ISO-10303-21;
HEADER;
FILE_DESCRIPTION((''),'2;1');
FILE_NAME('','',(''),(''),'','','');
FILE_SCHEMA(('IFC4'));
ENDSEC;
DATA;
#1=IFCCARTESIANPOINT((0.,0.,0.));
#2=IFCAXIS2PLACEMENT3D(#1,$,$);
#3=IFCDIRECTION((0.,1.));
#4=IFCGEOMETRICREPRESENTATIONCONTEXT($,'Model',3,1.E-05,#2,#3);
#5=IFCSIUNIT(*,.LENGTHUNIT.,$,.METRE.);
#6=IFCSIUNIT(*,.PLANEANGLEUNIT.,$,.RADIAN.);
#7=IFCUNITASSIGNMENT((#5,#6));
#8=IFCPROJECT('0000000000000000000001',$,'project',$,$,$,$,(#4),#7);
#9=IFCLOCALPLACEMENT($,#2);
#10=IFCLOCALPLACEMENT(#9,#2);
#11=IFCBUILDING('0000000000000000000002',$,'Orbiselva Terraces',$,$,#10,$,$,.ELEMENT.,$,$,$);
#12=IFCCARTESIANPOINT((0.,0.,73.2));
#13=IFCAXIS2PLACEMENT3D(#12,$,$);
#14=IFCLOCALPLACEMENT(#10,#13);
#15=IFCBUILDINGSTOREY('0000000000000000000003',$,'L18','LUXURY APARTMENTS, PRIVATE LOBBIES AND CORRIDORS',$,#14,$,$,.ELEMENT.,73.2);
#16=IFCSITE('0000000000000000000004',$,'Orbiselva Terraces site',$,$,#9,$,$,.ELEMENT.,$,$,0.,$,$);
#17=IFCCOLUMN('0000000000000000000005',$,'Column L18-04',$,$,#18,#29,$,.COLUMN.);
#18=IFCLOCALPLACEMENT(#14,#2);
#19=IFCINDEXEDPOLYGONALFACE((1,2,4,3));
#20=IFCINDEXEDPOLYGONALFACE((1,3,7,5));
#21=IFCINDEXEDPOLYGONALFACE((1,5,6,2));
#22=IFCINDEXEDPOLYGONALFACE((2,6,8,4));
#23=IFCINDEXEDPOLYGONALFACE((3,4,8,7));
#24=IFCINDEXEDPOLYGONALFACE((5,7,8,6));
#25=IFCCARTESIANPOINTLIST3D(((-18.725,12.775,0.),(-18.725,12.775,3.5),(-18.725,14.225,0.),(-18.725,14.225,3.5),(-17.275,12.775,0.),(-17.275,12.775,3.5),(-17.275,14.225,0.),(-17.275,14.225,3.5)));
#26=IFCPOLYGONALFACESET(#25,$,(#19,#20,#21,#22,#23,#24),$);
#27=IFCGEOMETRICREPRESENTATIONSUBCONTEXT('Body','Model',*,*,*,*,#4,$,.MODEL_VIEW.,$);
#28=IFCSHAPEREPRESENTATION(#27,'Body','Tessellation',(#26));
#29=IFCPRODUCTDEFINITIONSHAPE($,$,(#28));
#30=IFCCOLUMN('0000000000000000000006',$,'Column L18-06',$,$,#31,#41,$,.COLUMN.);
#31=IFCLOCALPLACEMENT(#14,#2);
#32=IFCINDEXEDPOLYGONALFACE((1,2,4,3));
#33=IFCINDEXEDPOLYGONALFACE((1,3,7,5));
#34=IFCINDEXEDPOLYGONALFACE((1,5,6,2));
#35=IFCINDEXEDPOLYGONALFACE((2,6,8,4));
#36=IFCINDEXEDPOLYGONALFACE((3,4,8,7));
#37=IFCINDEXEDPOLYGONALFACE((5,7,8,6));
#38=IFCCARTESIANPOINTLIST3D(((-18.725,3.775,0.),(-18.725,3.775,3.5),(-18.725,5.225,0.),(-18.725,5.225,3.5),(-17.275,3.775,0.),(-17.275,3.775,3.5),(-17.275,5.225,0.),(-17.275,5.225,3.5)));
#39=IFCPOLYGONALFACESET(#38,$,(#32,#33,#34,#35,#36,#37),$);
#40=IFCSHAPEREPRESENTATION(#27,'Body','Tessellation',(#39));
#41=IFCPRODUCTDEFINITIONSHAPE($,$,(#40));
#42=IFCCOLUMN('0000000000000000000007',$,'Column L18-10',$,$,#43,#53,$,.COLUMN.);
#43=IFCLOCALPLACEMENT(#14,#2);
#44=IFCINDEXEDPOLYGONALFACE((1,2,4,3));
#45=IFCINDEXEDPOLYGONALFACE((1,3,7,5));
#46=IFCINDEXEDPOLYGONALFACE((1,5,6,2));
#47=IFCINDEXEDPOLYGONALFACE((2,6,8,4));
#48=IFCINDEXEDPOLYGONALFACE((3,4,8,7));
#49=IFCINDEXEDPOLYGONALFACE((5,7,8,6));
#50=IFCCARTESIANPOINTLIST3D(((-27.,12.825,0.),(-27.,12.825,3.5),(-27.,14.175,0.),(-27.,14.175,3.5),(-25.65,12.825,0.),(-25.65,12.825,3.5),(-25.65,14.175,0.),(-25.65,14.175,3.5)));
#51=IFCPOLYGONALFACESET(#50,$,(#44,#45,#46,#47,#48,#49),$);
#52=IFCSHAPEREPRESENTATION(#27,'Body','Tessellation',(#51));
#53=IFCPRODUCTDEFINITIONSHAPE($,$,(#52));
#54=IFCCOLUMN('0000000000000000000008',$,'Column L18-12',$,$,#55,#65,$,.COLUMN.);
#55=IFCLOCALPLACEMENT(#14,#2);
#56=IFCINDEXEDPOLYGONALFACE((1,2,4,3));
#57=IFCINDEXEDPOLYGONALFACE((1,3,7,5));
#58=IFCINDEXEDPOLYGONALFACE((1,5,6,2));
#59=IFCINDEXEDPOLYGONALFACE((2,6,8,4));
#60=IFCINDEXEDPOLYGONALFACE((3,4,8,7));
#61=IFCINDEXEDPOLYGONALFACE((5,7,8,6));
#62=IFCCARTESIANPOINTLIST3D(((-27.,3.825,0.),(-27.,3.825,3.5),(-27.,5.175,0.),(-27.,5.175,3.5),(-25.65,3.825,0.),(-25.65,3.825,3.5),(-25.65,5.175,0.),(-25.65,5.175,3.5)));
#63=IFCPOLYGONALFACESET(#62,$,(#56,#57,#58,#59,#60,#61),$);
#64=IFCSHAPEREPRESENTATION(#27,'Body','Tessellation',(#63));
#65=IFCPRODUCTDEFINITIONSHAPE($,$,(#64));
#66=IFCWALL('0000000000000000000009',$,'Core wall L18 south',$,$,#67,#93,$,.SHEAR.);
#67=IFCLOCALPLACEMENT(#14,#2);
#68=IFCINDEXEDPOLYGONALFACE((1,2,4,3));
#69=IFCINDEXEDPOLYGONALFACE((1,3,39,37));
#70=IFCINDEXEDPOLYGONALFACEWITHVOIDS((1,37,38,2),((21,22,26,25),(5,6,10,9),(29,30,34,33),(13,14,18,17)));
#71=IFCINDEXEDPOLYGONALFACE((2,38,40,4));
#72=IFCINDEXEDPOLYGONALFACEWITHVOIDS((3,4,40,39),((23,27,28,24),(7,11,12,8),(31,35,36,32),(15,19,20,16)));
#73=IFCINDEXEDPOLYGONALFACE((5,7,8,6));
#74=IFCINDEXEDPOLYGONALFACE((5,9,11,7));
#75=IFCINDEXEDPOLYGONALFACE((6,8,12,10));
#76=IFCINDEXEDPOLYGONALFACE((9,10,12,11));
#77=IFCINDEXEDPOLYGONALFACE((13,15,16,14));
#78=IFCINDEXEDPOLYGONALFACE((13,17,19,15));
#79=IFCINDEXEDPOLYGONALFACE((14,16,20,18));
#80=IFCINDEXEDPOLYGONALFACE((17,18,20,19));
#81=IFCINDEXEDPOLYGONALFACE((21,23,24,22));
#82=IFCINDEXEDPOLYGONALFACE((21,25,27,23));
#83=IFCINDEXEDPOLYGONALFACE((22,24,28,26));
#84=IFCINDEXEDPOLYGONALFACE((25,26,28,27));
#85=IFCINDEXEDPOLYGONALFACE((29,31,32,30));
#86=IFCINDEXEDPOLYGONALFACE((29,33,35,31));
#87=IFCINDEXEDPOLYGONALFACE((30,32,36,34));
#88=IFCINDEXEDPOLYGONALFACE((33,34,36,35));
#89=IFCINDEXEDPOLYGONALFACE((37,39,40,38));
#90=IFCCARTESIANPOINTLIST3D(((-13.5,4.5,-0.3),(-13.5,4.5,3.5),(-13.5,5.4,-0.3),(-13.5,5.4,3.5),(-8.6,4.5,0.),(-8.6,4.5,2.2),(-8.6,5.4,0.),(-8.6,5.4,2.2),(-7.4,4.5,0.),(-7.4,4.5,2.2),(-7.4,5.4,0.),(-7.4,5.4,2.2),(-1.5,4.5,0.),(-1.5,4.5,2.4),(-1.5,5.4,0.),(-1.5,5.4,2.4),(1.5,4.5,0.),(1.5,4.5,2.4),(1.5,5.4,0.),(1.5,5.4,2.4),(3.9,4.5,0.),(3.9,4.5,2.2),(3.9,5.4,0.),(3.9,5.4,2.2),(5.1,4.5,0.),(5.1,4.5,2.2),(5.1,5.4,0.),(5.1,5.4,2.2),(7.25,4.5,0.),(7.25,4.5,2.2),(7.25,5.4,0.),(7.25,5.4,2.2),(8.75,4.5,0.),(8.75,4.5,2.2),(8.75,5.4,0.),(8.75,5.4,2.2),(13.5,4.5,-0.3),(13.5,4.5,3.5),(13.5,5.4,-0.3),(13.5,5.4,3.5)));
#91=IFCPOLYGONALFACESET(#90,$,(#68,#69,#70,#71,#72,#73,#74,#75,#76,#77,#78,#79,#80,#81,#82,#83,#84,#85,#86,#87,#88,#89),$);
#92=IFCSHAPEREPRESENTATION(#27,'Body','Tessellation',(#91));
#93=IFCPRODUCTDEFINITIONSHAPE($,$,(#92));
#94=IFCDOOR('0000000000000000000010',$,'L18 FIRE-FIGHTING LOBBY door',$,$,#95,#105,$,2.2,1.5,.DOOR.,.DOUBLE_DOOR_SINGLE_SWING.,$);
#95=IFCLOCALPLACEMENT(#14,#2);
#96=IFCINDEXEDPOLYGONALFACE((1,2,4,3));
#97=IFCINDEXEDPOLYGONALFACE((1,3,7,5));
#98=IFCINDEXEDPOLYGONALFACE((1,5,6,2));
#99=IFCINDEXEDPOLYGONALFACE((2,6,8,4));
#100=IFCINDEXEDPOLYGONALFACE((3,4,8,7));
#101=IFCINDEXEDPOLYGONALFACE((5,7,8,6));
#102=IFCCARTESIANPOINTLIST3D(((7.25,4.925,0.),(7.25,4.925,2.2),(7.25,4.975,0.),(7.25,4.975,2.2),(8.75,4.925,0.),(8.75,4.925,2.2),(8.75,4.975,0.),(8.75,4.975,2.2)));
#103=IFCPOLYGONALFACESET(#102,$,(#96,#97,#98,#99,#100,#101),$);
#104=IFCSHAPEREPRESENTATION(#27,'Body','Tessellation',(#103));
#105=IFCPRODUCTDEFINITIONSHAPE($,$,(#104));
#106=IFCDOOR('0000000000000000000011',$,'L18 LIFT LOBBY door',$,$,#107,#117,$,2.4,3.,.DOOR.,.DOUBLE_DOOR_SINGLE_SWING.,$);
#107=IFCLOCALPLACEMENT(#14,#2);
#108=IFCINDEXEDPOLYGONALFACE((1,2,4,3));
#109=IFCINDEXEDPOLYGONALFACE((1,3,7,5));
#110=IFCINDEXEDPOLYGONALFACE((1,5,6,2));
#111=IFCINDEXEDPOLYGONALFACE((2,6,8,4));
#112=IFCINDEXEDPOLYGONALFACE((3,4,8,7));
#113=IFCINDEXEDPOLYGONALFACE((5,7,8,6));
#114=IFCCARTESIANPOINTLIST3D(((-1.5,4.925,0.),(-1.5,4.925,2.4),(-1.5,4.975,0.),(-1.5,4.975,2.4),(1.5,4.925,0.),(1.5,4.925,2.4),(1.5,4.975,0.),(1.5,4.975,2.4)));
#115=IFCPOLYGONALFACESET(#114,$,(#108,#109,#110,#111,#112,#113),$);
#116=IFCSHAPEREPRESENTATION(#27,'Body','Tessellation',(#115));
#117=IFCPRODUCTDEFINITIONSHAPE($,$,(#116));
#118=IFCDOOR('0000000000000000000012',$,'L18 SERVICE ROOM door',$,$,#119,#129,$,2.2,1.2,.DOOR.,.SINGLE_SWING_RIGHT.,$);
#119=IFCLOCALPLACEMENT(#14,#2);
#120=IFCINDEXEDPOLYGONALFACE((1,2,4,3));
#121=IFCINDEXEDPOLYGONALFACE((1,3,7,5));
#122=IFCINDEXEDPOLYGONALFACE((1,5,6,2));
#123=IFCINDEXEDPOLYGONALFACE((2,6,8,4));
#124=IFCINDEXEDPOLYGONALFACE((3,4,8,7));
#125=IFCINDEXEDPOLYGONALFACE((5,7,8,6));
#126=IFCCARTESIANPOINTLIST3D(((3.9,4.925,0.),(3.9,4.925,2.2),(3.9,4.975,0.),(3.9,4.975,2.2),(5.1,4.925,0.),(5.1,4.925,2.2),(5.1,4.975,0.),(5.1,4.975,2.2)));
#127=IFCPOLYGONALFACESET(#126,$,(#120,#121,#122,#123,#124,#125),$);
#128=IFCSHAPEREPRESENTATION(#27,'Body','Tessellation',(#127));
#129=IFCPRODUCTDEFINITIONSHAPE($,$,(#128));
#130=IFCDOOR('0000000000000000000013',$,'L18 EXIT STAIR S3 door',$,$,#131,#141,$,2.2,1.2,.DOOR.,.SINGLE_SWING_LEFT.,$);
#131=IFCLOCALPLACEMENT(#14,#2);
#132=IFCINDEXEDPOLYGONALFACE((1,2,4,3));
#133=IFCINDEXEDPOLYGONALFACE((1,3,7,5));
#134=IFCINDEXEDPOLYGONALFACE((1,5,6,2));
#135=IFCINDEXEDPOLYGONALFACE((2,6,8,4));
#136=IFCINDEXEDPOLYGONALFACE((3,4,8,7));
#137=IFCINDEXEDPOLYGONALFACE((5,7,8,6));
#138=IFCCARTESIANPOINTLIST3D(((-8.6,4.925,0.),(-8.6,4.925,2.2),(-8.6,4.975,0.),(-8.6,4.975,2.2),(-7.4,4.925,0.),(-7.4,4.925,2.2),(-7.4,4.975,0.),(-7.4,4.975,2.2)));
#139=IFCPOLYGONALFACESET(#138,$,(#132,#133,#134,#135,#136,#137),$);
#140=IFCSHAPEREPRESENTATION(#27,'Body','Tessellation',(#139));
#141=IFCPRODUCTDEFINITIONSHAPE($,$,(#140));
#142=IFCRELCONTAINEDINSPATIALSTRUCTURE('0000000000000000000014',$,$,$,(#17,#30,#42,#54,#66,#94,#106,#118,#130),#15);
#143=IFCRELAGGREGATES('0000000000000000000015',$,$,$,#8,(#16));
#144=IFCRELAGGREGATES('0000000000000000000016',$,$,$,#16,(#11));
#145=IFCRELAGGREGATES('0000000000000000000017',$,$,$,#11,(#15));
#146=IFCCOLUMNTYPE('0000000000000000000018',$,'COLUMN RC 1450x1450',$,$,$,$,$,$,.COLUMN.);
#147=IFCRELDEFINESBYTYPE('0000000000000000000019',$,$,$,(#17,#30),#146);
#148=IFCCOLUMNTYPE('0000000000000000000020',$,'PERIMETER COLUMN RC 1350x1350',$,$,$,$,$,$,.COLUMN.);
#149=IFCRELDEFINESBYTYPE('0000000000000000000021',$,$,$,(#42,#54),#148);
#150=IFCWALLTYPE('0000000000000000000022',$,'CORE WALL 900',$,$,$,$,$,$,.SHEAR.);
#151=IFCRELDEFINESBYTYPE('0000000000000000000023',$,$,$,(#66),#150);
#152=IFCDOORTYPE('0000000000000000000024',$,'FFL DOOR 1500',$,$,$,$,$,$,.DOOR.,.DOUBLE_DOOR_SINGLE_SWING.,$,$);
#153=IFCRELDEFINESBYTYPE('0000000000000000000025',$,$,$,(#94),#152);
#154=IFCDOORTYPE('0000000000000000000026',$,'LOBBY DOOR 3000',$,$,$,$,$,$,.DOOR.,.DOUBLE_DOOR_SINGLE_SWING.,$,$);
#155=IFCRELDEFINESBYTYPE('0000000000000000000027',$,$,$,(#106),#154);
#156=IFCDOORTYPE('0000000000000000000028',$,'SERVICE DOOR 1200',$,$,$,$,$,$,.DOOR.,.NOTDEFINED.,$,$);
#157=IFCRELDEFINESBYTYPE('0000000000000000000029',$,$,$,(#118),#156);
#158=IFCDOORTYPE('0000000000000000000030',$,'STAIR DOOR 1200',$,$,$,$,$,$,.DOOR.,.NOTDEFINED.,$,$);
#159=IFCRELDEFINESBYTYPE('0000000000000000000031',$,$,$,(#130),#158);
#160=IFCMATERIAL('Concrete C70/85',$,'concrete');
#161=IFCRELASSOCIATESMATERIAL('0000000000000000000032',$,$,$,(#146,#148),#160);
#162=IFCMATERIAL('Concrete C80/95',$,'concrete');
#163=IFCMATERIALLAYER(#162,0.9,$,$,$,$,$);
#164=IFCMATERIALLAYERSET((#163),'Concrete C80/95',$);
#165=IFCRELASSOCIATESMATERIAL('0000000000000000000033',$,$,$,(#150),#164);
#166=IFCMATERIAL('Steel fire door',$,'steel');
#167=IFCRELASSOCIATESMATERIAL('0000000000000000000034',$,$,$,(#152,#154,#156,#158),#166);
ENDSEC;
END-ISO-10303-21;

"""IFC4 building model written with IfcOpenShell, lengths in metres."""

from ifc_helpers import new_model, si_unit, direction, frame, frame_2d, origin, origin_2d, place, context, subcontext, project, spatial, rectangle, extrude, material, layer, layer_set, material_profile, profile_set, type_object, element, fill, save


model = new_model("IFC4")

# Units and contexts
model_context = context("Model", 3, precision=1e-05, world=origin(), true_north=direction((0.0, 1.0)))
body_context = subcontext(model_context, "Body", "Model", "MODEL_VIEW")
ifc_project = project(units=[si_unit("LENGTHUNIT", "METRE"), si_unit("PLANEANGLEUNIT", "RADIAN")], contexts=[model_context])

# Site, building, storey
site_placement = place(None, origin())
site = spatial("IfcSite", under=ifc_project, at=site_placement, Name="Orbiselva Terraces site", CompositionType="ELEMENT", RefElevation=0.0)
building_placement = place(site_placement, origin())
building = spatial("IfcBuilding", under=site, at=building_placement, Name="Orbiselva Terraces", CompositionType="ELEMENT")
storey_placement = place(building_placement, frame((0.0, 0.0, 73.2)))
storey = spatial("IfcBuildingStorey", under=building, at=storey_placement, Name="L18", Description="LUXURY APARTMENTS, PRIVATE LOBBIES AND CORRIDORS", CompositionType="ELEMENT", Elevation=73.2)

# Columns
ifc_material_1 = material(Name="Concrete C70/85", Category="concrete")
ifc_material_profile_1 = material_profile(ifc_material_1, rectangle(XDim=1.45, YDim=1.45, at=origin_2d()), Name="RC 1450x1450")
ifc_profile_set_1 = profile_set([ifc_material_profile_1], Name="Concrete C70/85")
column_type_1 = type_object("IfcColumnType", Name="COLUMN RC 1450x1450", PredefinedType="COLUMN", material=ifc_profile_set_1)
for number, where, z_axis, x_axis, name in (
    (1, (-18.0, 13.5, 0.0), (0.0, 0.0, 1.0), (1.0, 0.0, 0.0), "Column L18-04"),
    (2, (-18.0, 4.5, 0.0), (0.0, 0.0, 1.0), (1.0, 0.0, 0.0), "Column L18-06"),
):
    element("IfcColumn", number, at=place(storey_placement, frame(where, z_axis=z_axis, x_axis=x_axis)), inside=storey, type_object=column_type_1, Name=name, PredefinedType="COLUMN", context=body_context, shape_type="SweptSolid", body=[
        extrude(rectangle(XDim=1.45, YDim=1.45, at=origin_2d()), origin(), (0.0, 0.0, 1.0), 3.5),
    ])
ifc_material_profile_2 = material_profile(ifc_material_1, rectangle(XDim=1.35, YDim=1.35, at=origin_2d()), Name="RC 1350x1350")
ifc_profile_set_2 = profile_set([ifc_material_profile_2], Name="Concrete C70/85")
column_type_2 = type_object("IfcColumnType", Name="PERIMETER COLUMN RC 1350x1350", PredefinedType="COLUMN", material=ifc_profile_set_2)
for number, where, z_axis, x_axis, name in (
    (3, (-26.325, 13.5, 0.0), (0.0, 0.0, 1.0), (1.0, 0.0, 0.0), "Column L18-10"),
    (4, (-26.325, 4.5, 0.0), (0.0, 0.0, 1.0), (1.0, 0.0, 0.0), "Column L18-12"),
):
    element("IfcColumn", number, at=place(storey_placement, frame(where, z_axis=z_axis, x_axis=x_axis)), inside=storey, type_object=column_type_2, Name=name, PredefinedType="COLUMN", context=body_context, shape_type="SweptSolid", body=[
        extrude(rectangle(XDim=1.35, YDim=1.35, at=origin_2d()), origin(), (0.0, 0.0, 1.0), 3.5),
    ])

# Wall, openings, doors
ifc_material_2 = material(Name="Concrete C80/95", Category="concrete")
ifc_layer_1 = layer(ifc_material_2, 0.9)
ifc_layer_set_1 = layer_set([ifc_layer_1], Name="Concrete C80/95")
wall_type_1 = type_object("IfcWallType", Name="CORE WALL 900", PredefinedType="SHEAR", material=ifc_layer_set_1)
wall_1_placement = place(storey_placement, frame((-13.5, 4.95, -0.3), z_axis=(0.0, 0.0, 1.0), x_axis=(1.0, 0.0, 0.0)))
wall_1 = element("IfcWall", 5, at=wall_1_placement, inside=storey, type_object=wall_type_1, Name="Core wall L18 south", PredefinedType="SHEAR", context=body_context, shape_type="SweptSolid", body=[
    extrude(rectangle(XDim=27.0, YDim=0.9, at=frame_2d((13.5, 0.0))), origin(), (0.0, 0.0, 1.0), 3.8),
])
opening_1_placement = place(wall_1_placement, frame((12.0, 0.0, 0.3)))
opening_1 = element("IfcOpeningElement", 6, at=opening_1_placement, cuts=wall_1, PredefinedType="OPENING", context=body_context, shape_type="SweptSolid", body=[
    extrude(rectangle(XDim=3.0, YDim=2.4, at=frame_2d((1.5, 1.2))), frame((0.0, 0.46, 0.0), z_axis=(0.0, -1.0, 0.0), x_axis=(1.0, 0.0, 0.0)), (0.0, 0.0, 1.0), 0.92),
])
opening_2_placement = place(wall_1_placement, frame((4.9, 0.0, 0.3)))
opening_2 = element("IfcOpeningElement", 7, at=opening_2_placement, cuts=wall_1, PredefinedType="OPENING", context=body_context, shape_type="SweptSolid", body=[
    extrude(rectangle(XDim=1.2, YDim=2.2, at=frame_2d((0.6, 1.1))), frame((0.0, 0.46, 0.0), z_axis=(0.0, -1.0, 0.0), x_axis=(1.0, 0.0, 0.0)), (0.0, 0.0, 1.0), 0.92),
])
opening_3_placement = place(wall_1_placement, frame((20.75, 0.0, 0.3)))
opening_3 = element("IfcOpeningElement", 8, at=opening_3_placement, cuts=wall_1, PredefinedType="OPENING", context=body_context, shape_type="SweptSolid", body=[
    extrude(rectangle(XDim=1.5, YDim=2.2, at=frame_2d((0.75, 1.1))), frame((0.0, 0.46, 0.0), z_axis=(0.0, -1.0, 0.0), x_axis=(1.0, 0.0, 0.0)), (0.0, 0.0, 1.0), 0.92),
])
opening_4_placement = place(wall_1_placement, frame((17.4, 0.0, 0.3)))
opening_4 = element("IfcOpeningElement", 9, at=opening_4_placement, cuts=wall_1, PredefinedType="OPENING", context=body_context, shape_type="SweptSolid", body=[
    extrude(rectangle(XDim=1.2, YDim=2.2, at=frame_2d((0.6, 1.1))), frame((0.0, 0.46, 0.0), z_axis=(0.0, -1.0, 0.0), x_axis=(1.0, 0.0, 0.0)), (0.0, 0.0, 1.0), 0.92),
])
ifc_material_3 = material(Name="Steel fire door", Category="steel")
door_type_1 = type_object("IfcDoorType", Name="FFL DOOR 1500", OperationType="DOUBLE_DOOR_SINGLE_SWING", PredefinedType="DOOR", material=ifc_material_3)
door_1_placement = place(opening_3_placement, frame((1.5, 0.0, 0.0), z_axis=(0.0, 0.0, 1.0), x_axis=(-1.0, 0.0, 0.0)))
door_1 = element("IfcDoor", 10, at=door_1_placement, inside=storey, type_object=door_type_1, Name="L18 FIRE-FIGHTING LOBBY door", OperationType="DOUBLE_DOOR_SINGLE_SWING", OverallHeight=2.2, OverallWidth=1.5, PredefinedType="DOOR", context=body_context, shape_type="SweptSolid", body=[
    extrude(rectangle(XDim=1.5, YDim=2.2, at=frame_2d((0.75, 1.1))), frame((0.0, 0.025, 0.0), z_axis=(0.0, -1.0, 0.0), x_axis=(1.0, 0.0, 0.0)), (0.0, 0.0, 1.0), 0.05),
])
fill(opening_3, door_1)
door_type_2 = type_object("IfcDoorType", Name="LOBBY DOOR 3000", OperationType="DOUBLE_DOOR_SINGLE_SWING", PredefinedType="DOOR", material=ifc_material_3)
door_2_placement = place(opening_1_placement, frame((3.0, 0.0, 0.0), z_axis=(0.0, 0.0, 1.0), x_axis=(-1.0, 0.0, 0.0)))
door_2 = element("IfcDoor", 11, at=door_2_placement, inside=storey, type_object=door_type_2, Name="L18 LIFT LOBBY door", OperationType="DOUBLE_DOOR_SINGLE_SWING", OverallHeight=2.4, OverallWidth=3.0, PredefinedType="DOOR", context=body_context, shape_type="SweptSolid", body=[
    extrude(rectangle(XDim=3.0, YDim=2.4, at=frame_2d((1.5, 1.2))), frame((0.0, 0.025, 0.0), z_axis=(0.0, -1.0, 0.0), x_axis=(1.0, 0.0, 0.0)), (0.0, 0.0, 1.0), 0.05),
])
fill(opening_1, door_2)
door_type_3 = type_object("IfcDoorType", Name="SERVICE DOOR 1200", OperationType="NOTDEFINED", PredefinedType="DOOR", material=ifc_material_3)
door_3_placement = place(opening_4_placement, frame((1.2, 0.0, 0.0), z_axis=(0.0, 0.0, 1.0), x_axis=(-1.0, 0.0, 0.0)))
door_3 = element("IfcDoor", 12, at=door_3_placement, inside=storey, type_object=door_type_3, Name="L18 SERVICE ROOM door", OperationType="SINGLE_SWING_RIGHT", OverallHeight=2.2, OverallWidth=1.2, PredefinedType="DOOR", context=body_context, shape_type="SweptSolid", body=[
    extrude(rectangle(XDim=1.2, YDim=2.2, at=frame_2d((0.6, 1.1))), frame((0.0, 0.025, 0.0), z_axis=(0.0, -1.0, 0.0), x_axis=(1.0, 0.0, 0.0)), (0.0, 0.0, 1.0), 0.05),
])
fill(opening_4, door_3)
door_type_4 = type_object("IfcDoorType", Name="STAIR DOOR 1200", OperationType="NOTDEFINED", PredefinedType="DOOR", material=ifc_material_3)
door_4_placement = place(opening_2_placement, frame((1.2, 0.0, 0.0), z_axis=(0.0, 0.0, 1.0), x_axis=(-1.0, 0.0, 0.0)))
door_4 = element("IfcDoor", 13, at=door_4_placement, inside=storey, type_object=door_type_4, Name="L18 EXIT STAIR S3 door", OperationType="SINGLE_SWING_LEFT", OverallHeight=2.2, OverallWidth=1.2, PredefinedType="DOOR", context=body_context, shape_type="SweptSolid", body=[
    extrude(rectangle(XDim=1.2, YDim=2.2, at=frame_2d((0.6, 1.1))), frame((0.0, 0.025, 0.0), z_axis=(0.0, -1.0, 0.0), x_axis=(1.0, 0.0, 0.0)), (0.0, 0.0, 1.0), 0.05),
])
fill(opening_2, door_4)

save(model, "model.ifc")
